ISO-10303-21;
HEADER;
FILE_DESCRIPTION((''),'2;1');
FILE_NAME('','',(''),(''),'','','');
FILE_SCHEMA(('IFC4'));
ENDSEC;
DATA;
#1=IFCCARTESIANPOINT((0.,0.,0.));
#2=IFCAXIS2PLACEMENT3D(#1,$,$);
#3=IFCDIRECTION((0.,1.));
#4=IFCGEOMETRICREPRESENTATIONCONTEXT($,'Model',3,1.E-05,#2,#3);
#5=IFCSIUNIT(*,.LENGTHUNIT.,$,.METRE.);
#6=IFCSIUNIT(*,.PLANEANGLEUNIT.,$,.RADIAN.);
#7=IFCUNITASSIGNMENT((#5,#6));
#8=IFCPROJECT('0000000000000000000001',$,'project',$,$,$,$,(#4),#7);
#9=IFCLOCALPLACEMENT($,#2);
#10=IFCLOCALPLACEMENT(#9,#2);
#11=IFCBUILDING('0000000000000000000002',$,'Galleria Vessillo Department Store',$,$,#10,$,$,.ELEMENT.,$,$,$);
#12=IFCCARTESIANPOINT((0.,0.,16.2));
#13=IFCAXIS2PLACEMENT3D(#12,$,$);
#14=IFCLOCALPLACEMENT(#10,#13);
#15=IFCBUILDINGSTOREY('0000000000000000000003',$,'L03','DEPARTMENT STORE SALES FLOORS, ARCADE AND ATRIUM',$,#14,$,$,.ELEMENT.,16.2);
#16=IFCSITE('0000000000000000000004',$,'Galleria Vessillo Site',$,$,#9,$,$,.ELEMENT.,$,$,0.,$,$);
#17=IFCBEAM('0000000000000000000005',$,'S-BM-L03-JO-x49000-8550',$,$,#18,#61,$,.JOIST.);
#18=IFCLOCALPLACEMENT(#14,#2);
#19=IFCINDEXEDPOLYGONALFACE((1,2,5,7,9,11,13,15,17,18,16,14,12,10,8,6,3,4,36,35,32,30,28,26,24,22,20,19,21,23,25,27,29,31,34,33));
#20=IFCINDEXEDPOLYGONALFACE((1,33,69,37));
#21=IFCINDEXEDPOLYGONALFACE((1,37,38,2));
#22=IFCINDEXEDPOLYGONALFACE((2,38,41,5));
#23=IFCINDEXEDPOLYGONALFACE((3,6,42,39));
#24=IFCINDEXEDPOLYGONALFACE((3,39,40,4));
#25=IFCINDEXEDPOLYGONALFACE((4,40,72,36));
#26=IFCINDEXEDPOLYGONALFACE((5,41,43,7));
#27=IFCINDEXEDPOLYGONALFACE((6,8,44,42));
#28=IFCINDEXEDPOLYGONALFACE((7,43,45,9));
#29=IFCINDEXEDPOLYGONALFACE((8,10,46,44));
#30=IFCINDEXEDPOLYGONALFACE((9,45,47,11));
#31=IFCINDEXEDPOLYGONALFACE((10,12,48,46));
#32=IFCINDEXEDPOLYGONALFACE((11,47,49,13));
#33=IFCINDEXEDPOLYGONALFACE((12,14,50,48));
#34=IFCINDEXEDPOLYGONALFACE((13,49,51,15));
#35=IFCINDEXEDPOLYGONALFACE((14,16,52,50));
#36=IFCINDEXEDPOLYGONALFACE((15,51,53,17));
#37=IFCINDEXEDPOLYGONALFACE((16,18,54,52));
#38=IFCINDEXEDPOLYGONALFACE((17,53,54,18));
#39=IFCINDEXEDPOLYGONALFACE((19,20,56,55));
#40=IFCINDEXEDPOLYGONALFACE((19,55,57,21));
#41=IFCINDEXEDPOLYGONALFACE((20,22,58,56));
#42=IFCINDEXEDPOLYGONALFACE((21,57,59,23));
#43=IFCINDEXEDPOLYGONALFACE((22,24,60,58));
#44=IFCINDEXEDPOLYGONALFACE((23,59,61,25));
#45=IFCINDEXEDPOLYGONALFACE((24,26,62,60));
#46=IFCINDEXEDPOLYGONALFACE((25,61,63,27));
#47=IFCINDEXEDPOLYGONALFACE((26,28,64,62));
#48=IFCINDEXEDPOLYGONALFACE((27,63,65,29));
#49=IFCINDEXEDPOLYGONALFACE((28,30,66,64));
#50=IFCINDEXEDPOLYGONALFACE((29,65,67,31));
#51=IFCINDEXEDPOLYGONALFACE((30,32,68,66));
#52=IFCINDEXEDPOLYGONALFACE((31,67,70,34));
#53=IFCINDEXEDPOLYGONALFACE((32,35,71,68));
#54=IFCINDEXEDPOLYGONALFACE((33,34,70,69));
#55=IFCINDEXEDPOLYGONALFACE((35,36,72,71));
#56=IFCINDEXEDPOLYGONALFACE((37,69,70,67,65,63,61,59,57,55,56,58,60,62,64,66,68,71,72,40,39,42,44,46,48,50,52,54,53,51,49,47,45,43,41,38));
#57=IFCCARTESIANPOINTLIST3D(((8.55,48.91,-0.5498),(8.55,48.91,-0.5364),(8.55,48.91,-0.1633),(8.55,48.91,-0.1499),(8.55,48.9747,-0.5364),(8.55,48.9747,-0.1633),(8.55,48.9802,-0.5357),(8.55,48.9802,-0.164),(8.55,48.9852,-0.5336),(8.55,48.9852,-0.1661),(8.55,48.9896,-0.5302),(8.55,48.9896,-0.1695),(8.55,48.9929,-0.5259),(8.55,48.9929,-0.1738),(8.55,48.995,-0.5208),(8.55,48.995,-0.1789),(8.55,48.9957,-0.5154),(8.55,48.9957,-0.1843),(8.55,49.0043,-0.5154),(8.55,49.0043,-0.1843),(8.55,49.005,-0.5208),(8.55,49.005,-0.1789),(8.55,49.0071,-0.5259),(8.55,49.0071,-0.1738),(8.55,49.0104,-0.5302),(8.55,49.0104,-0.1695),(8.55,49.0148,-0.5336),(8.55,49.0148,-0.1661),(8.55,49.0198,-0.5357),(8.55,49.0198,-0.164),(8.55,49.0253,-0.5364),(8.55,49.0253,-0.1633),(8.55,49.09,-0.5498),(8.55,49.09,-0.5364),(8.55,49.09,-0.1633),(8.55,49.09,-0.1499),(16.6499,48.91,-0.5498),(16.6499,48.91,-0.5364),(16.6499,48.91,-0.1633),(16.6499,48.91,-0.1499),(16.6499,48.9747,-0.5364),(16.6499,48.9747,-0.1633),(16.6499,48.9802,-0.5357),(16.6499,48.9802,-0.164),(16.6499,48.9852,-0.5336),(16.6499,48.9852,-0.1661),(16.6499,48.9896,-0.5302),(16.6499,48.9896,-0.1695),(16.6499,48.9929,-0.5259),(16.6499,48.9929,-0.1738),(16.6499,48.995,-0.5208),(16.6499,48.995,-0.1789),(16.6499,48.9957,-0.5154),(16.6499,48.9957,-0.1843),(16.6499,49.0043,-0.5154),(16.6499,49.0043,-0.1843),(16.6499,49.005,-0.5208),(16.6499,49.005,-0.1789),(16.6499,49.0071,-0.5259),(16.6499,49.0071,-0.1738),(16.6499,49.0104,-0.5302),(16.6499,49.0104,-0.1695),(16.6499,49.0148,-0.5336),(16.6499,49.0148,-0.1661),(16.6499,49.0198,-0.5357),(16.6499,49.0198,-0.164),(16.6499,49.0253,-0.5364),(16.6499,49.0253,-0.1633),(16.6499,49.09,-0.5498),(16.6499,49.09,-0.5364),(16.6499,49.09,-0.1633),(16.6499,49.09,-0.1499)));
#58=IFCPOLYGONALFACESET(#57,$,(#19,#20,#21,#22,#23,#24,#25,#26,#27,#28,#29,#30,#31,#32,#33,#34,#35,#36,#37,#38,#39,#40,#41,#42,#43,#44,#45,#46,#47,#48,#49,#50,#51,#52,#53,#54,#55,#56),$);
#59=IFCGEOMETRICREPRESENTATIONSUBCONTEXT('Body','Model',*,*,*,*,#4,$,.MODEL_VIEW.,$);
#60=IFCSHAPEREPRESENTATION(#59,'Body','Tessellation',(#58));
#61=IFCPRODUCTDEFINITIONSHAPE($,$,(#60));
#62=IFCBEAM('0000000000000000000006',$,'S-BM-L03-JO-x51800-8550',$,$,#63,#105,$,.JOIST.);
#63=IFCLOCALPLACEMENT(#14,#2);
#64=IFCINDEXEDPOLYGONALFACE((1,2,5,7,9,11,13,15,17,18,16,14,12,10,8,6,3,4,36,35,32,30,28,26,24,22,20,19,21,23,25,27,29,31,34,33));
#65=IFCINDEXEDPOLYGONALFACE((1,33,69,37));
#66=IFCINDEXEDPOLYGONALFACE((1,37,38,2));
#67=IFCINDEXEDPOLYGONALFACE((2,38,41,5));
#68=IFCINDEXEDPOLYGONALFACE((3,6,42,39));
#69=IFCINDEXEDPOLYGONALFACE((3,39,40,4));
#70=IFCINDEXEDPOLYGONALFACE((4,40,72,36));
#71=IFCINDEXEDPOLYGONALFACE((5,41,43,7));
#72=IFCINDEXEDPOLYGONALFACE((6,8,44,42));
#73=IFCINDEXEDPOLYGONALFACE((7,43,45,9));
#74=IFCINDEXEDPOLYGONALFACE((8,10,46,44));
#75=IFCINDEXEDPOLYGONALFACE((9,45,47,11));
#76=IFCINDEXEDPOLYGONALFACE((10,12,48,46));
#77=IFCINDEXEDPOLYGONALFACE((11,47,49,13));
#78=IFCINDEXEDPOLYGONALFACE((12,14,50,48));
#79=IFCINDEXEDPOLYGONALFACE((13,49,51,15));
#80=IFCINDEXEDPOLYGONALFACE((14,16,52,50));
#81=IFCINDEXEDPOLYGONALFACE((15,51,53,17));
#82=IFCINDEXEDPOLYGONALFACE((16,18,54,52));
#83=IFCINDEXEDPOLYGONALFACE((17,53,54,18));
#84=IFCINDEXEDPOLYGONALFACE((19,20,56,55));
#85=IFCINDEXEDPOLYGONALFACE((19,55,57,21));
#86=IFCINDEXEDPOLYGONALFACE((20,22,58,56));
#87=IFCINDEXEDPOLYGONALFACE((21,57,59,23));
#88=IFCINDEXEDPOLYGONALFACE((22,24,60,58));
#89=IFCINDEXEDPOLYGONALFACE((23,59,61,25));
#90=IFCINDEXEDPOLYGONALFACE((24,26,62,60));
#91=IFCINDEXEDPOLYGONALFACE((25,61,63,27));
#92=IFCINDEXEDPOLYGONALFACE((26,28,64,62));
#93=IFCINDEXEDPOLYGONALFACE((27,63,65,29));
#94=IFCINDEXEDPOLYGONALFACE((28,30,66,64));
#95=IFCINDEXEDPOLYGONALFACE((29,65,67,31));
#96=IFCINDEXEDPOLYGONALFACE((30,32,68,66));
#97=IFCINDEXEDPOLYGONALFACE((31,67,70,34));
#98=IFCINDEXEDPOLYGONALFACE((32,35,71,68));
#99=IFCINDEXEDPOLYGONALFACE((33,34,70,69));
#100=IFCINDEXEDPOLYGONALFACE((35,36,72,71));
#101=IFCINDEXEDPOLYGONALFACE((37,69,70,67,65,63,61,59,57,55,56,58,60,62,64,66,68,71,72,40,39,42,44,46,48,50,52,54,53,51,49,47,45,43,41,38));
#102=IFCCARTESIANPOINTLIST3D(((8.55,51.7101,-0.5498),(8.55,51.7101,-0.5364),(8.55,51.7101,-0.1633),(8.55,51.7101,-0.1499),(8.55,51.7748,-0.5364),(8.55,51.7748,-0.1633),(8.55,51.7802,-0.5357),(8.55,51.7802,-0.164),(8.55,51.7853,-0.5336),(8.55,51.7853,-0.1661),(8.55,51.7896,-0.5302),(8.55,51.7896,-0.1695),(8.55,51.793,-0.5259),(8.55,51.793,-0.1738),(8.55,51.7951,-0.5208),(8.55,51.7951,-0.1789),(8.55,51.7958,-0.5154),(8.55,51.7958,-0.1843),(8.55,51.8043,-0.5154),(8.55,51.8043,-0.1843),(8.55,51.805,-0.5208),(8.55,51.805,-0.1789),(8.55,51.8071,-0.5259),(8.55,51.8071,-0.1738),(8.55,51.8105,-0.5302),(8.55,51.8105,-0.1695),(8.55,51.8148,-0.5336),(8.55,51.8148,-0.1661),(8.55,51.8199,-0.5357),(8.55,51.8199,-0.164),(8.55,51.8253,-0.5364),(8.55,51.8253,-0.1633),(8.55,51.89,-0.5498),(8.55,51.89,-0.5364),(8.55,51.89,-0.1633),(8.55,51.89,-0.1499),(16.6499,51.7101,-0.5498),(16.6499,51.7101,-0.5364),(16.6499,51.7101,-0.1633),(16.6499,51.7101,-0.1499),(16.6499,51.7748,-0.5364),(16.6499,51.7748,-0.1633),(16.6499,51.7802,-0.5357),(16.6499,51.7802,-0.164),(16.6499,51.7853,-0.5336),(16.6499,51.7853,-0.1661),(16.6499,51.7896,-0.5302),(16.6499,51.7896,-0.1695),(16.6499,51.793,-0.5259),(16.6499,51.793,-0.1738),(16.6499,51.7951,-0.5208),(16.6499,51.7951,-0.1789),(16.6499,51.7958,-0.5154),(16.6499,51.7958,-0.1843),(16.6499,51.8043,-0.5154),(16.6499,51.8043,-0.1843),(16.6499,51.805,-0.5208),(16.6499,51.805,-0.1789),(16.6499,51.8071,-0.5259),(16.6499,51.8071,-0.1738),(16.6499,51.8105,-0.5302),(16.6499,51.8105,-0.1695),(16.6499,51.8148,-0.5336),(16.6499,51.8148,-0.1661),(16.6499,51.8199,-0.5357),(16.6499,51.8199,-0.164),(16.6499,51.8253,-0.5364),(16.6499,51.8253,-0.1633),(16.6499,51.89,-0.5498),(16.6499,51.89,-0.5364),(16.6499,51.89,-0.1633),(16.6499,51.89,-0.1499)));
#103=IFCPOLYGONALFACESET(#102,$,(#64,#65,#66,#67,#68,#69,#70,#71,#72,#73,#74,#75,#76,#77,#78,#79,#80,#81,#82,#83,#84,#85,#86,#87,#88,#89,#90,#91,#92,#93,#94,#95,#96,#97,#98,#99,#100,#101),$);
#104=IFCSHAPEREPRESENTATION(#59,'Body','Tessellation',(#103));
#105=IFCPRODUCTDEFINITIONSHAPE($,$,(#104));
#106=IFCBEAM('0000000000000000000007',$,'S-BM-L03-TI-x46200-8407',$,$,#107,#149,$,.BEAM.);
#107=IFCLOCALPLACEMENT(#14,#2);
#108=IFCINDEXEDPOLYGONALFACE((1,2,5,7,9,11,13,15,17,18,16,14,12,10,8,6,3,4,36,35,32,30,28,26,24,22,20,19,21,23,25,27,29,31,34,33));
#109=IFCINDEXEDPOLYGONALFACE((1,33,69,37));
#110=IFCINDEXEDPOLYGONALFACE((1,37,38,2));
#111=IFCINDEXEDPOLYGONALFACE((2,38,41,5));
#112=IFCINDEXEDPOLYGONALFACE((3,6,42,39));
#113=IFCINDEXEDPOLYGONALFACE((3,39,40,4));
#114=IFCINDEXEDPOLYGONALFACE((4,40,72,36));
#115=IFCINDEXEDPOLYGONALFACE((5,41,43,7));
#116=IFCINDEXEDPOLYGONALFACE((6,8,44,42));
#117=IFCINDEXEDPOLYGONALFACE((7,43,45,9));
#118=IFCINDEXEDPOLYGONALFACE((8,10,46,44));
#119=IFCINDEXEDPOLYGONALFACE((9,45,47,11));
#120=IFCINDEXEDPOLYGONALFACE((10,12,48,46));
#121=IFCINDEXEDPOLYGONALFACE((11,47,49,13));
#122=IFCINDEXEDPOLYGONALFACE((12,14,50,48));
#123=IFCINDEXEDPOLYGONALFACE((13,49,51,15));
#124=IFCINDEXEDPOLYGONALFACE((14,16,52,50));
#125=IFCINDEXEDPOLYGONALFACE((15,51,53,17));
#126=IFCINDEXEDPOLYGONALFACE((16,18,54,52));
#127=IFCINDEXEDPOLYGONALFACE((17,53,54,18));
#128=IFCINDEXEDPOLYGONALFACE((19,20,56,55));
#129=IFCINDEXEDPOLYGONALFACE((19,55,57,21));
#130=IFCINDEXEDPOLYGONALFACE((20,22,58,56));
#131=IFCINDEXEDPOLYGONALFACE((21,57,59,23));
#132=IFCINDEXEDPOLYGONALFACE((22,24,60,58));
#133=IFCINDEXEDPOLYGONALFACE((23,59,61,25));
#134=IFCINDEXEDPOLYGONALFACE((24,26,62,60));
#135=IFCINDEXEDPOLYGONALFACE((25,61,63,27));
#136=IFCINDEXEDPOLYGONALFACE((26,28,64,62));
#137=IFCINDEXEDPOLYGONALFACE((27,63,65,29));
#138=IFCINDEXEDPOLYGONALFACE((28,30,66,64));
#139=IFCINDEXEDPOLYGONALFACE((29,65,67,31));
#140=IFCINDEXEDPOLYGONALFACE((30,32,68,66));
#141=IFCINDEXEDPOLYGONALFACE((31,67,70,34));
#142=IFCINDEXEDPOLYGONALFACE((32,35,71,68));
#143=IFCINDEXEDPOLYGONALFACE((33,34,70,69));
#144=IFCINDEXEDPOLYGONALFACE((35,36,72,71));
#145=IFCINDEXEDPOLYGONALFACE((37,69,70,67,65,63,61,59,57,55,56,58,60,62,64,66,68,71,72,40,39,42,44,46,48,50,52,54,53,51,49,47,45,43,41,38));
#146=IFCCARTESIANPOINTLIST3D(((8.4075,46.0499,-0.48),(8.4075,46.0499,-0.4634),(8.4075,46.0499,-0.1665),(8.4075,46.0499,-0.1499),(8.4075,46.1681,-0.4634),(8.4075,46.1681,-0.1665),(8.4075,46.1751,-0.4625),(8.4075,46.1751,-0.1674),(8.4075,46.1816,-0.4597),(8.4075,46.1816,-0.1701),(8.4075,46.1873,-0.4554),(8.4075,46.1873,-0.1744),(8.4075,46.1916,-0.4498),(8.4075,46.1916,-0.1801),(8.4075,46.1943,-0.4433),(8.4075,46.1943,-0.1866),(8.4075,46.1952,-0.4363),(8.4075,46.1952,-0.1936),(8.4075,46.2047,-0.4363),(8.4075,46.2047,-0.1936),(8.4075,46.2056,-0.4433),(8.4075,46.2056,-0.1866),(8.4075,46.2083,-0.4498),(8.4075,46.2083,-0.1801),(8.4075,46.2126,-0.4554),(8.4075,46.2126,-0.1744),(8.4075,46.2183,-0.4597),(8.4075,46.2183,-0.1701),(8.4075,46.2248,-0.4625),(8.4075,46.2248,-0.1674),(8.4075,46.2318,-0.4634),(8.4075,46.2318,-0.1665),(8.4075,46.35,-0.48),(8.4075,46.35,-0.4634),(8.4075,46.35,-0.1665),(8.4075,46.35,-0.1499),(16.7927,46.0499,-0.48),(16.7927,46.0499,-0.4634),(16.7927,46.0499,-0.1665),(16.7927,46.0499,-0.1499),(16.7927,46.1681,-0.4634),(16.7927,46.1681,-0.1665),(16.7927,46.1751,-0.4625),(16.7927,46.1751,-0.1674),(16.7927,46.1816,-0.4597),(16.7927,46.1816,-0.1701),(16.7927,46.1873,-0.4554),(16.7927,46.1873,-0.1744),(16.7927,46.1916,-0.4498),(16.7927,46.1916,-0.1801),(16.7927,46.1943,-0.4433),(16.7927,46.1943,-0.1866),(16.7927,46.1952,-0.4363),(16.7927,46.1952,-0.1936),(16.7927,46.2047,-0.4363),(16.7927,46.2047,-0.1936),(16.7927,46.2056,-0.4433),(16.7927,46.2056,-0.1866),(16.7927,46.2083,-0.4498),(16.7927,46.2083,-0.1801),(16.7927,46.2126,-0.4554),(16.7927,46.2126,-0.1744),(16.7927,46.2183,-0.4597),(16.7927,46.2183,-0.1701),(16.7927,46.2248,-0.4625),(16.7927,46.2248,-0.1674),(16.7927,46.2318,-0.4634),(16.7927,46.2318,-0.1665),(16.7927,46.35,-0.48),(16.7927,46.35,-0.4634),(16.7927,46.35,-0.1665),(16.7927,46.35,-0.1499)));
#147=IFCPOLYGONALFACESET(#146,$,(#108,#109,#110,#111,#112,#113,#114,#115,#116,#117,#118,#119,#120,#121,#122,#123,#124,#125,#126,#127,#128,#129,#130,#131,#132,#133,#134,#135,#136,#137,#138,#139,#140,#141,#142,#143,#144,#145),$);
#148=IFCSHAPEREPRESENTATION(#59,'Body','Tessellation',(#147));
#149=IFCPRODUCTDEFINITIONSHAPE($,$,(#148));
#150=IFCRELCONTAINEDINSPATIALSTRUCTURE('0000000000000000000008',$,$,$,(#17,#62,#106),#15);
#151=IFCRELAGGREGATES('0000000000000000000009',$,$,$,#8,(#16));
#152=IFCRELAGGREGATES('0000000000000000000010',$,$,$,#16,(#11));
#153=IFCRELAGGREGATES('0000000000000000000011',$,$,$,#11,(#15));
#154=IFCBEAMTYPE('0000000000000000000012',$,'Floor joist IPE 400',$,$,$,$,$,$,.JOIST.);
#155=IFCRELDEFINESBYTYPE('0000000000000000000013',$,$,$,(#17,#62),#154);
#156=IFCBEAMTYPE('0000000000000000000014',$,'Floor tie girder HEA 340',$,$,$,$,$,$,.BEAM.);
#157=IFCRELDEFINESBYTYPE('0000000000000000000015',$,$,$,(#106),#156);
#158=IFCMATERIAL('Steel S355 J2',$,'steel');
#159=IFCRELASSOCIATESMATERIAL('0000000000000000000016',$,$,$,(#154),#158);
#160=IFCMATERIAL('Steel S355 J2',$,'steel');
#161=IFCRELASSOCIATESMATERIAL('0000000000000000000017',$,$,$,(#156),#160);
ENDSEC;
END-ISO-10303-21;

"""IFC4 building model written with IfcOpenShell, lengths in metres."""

from ifc_helpers import new_model, si_unit, direction, frame, origin, origin_2d, place, context, subcontext, project, spatial, i_section, extrude, material, material_profile, profile_set, type_object, element, save


model = new_model("IFC4")

# Units and contexts
model_context = context("Model", 3, precision=1e-05, world=origin(), true_north=direction((0.0, 1.0)))
body_context = subcontext(model_context, "Body", "Model", "MODEL_VIEW")
ifc_project = project(units=[si_unit("LENGTHUNIT", "METRE"), si_unit("PLANEANGLEUNIT", "RADIAN")], contexts=[model_context])

# Site, building, storey
site_placement = place(None, origin())
site = spatial("IfcSite", under=ifc_project, at=site_placement, Name="Galleria Vessillo Site", CompositionType="ELEMENT", RefElevation=0.0)
building_placement = place(site_placement, origin())
building = spatial("IfcBuilding", under=site, at=building_placement, Name="Galleria Vessillo Department Store", CompositionType="ELEMENT")
storey_placement = place(building_placement, frame((0.0, 0.0, 16.2)))
storey = spatial("IfcBuildingStorey", under=building, at=storey_placement, Name="L03", Description="DEPARTMENT STORE SALES FLOORS, ARCADE AND ATRIUM", CompositionType="ELEMENT", Elevation=16.2)

# Beams
ifc_material_1 = material(Name="Steel S355 J2", Category="steel")
ifc_material_profile_1 = material_profile(ifc_material_1, i_section(OverallWidth=0.1799, OverallDepth=0.3999, WebThickness=0.0085, FlangeThickness=0.0134, FilletRadius=0.021, at=origin_2d()), Name="IPE 400")
ifc_profile_set_1 = profile_set([ifc_material_profile_1], Name="Steel S355 J2")
beam_type_1 = type_object("IfcBeamType", Name="Floor joist IPE 400", PredefinedType="JOIST", material=ifc_profile_set_1)
for number, where, z_axis, x_axis, name in (
    (1, (8.55, 49.0, -0.3499), (1.0, 0.0, 0.0), (0.0, 1.0, 0.0), "S-BM-L03-JO-x49000-8550"),
    (2, (8.55, 51.8, -0.3499), (1.0, 0.0, 0.0), (0.0, 1.0, 0.0), "S-BM-L03-JO-x51800-8550"),
):
    element("IfcBeam", number, at=place(storey_placement, frame(where, z_axis=z_axis, x_axis=x_axis)), inside=storey, type_object=beam_type_1, Name=name, PredefinedType="JOIST", context=body_context, shape_type="SweptSolid", body=[
        extrude(i_section(OverallWidth=0.1799, OverallDepth=0.3999, WebThickness=0.0085, FlangeThickness=0.0134, FilletRadius=0.021, at=origin_2d()), origin(), (0.0, 0.0, 1.0), 8.0999),
    ])
ifc_material_2 = material(Name="Steel S355 J2", Category="steel")
ifc_material_profile_2 = material_profile(ifc_material_2, i_section(OverallWidth=0.3, OverallDepth=0.3301, WebThickness=0.0095, FlangeThickness=0.0166, FilletRadius=0.0271, at=origin_2d()), Name="HEA 340")
ifc_profile_set_2 = profile_set([ifc_material_profile_2], Name="Steel S355 J2")
beam_type_2 = type_object("IfcBeamType", Name="Floor tie girder HEA 340", PredefinedType="BEAM", material=ifc_profile_set_2)
beam_1_placement = place(storey_placement, frame((8.4075, 46.2, -0.3149), z_axis=(1.0, 0.0, 0.0), x_axis=(0.0, 1.0, 0.0)))
element("IfcBeam", 3, at=beam_1_placement, inside=storey, type_object=beam_type_2, Name="S-BM-L03-TI-x46200-8407", PredefinedType="BEAM", context=body_context, shape_type="SweptSolid", body=[
    extrude(i_section(OverallWidth=0.3, OverallDepth=0.3301, WebThickness=0.0095, FlangeThickness=0.0166, FilletRadius=0.0271, at=origin_2d()), origin(), (0.0, 0.0, 1.0), 8.3853),
])

save(model, "model.ifc")
